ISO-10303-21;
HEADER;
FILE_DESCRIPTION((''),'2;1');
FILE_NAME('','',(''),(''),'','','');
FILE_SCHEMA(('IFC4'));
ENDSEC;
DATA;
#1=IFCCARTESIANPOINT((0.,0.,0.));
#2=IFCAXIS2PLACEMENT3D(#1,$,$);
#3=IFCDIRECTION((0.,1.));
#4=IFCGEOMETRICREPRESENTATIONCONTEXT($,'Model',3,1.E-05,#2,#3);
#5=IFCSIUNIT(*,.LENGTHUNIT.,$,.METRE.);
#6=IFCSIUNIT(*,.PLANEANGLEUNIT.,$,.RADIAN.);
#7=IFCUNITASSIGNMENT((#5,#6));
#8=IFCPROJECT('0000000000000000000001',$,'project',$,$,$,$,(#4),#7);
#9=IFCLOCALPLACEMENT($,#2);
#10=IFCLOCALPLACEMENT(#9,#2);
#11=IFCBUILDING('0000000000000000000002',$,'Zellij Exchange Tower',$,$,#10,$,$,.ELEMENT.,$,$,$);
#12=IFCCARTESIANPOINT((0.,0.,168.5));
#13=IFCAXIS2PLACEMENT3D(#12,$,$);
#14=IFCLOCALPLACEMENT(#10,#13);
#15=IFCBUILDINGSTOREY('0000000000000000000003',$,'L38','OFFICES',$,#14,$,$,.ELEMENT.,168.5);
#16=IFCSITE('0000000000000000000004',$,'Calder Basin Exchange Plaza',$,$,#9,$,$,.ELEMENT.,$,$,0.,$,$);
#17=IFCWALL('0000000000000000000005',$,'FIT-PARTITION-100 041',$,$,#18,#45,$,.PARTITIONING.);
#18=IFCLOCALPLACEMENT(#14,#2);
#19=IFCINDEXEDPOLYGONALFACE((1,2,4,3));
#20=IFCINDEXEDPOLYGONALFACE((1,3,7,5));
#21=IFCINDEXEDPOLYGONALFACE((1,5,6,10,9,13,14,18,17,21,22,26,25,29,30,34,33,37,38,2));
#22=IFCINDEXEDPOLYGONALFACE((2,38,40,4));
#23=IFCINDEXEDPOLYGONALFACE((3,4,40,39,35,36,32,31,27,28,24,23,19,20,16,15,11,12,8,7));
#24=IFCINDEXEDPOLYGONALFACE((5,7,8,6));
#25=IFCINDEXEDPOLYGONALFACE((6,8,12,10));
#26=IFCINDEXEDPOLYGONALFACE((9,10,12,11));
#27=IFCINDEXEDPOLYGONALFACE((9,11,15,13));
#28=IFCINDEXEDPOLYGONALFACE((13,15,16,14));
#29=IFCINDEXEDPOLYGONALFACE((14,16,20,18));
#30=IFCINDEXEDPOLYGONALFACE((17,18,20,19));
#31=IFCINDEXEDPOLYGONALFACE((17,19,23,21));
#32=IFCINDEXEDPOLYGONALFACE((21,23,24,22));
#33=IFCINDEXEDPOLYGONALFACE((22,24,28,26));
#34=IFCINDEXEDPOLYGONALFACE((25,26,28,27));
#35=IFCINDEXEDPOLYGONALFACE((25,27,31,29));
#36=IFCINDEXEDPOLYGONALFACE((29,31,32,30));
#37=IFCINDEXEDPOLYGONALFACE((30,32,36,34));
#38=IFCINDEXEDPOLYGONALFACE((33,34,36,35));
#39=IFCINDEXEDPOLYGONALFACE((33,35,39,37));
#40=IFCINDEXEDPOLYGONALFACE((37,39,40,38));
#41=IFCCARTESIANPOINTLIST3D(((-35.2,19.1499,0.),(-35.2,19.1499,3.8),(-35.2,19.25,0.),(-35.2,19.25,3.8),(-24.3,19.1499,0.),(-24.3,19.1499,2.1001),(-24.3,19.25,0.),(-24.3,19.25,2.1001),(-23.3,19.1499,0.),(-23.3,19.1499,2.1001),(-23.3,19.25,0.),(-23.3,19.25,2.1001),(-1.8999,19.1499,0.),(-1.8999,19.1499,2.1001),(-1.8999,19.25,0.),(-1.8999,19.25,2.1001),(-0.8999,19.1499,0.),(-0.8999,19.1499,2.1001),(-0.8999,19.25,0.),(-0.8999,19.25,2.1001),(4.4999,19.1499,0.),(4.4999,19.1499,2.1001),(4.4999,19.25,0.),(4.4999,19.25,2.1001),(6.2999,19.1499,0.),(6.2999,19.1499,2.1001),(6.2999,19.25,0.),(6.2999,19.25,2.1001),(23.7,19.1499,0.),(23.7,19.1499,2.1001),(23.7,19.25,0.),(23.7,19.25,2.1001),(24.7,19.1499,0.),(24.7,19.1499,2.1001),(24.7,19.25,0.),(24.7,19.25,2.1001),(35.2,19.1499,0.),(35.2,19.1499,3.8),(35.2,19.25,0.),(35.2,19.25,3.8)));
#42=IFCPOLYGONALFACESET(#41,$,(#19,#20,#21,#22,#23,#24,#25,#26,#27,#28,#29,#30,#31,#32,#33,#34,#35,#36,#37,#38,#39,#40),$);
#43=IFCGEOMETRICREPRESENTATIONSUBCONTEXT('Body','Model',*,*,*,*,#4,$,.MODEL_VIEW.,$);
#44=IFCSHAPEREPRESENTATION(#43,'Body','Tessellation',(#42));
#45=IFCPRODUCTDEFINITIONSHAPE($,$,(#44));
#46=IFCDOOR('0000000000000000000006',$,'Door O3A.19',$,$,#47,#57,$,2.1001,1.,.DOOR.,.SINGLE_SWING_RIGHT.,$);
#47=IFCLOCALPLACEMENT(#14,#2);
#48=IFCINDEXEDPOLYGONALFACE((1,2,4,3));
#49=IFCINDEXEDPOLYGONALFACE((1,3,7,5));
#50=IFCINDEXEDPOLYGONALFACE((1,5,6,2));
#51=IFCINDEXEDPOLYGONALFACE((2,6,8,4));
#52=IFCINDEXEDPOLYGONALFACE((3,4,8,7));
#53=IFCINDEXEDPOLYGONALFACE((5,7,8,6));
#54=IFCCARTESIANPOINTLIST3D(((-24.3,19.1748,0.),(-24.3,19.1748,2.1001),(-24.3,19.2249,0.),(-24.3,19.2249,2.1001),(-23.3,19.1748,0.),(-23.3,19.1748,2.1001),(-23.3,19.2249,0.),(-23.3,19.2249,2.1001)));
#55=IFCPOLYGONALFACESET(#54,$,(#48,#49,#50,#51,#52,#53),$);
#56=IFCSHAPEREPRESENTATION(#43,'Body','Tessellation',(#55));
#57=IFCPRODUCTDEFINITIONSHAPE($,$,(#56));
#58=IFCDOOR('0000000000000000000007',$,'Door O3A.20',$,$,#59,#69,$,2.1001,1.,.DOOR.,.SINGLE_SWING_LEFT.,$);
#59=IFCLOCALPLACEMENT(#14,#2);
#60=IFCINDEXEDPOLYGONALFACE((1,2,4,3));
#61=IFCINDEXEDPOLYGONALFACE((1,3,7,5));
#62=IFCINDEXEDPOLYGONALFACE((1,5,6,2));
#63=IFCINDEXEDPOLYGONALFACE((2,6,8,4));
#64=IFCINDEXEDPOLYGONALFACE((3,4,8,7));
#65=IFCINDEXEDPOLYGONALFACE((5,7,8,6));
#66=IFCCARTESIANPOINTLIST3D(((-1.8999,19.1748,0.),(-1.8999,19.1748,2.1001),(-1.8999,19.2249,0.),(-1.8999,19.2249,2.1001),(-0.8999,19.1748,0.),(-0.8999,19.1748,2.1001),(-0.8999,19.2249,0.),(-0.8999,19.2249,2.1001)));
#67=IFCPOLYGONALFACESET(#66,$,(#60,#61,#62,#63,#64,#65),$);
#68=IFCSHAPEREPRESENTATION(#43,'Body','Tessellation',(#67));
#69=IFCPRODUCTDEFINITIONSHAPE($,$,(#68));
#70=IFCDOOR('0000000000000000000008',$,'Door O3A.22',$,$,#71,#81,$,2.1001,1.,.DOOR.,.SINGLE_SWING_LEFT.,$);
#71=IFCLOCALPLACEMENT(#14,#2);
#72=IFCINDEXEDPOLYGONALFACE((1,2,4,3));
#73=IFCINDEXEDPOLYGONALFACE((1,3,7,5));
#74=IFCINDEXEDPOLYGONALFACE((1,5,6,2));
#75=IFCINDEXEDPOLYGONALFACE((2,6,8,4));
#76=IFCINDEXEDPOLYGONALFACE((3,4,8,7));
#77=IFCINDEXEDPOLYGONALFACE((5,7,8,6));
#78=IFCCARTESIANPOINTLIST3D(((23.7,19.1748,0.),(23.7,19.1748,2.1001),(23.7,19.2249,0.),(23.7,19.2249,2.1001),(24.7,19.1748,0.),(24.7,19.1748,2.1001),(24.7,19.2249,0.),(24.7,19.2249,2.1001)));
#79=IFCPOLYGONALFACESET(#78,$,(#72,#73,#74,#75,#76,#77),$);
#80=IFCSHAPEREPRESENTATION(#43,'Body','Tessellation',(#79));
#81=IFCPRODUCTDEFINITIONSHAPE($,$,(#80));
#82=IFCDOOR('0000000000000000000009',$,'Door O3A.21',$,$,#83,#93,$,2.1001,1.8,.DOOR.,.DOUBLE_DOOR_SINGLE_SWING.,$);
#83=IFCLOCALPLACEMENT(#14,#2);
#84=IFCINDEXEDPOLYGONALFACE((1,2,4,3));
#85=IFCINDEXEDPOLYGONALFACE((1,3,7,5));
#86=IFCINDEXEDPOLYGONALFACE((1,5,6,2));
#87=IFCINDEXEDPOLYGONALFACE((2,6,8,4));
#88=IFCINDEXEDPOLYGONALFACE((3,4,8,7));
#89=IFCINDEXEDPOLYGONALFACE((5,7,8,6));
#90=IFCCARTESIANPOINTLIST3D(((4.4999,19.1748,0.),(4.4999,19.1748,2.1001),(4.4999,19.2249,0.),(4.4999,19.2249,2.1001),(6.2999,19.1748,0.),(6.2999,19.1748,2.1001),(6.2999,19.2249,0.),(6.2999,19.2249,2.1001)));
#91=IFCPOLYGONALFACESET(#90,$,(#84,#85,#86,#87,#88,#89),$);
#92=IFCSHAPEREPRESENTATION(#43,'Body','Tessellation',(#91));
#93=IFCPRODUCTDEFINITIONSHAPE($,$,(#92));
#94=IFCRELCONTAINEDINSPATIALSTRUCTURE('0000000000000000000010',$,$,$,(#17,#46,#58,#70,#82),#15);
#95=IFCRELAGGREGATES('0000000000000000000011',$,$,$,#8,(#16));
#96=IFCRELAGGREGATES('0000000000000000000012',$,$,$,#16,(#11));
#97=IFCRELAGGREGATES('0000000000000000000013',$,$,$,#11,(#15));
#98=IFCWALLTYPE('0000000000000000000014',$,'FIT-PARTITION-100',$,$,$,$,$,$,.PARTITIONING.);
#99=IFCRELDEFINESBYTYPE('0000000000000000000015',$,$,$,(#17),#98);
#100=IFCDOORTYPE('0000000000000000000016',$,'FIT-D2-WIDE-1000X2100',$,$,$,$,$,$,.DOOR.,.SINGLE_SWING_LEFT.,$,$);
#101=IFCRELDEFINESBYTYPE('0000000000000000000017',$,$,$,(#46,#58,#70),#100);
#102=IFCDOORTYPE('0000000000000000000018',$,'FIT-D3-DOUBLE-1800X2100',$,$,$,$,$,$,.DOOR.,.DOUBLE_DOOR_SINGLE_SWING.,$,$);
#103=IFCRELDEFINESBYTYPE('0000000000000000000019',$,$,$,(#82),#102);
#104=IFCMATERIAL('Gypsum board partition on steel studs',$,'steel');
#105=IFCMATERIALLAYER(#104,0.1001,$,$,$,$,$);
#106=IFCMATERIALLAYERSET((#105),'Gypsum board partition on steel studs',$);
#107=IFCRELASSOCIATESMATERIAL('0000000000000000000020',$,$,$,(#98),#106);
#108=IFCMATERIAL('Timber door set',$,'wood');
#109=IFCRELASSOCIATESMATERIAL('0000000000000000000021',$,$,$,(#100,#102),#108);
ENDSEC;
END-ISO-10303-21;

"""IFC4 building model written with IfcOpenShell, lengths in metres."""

from ifc_helpers import new_model, si_unit, direction, frame, frame_2d, origin, place, context, subcontext, project, spatial, rectangle, extrude, material, layer, layer_set, type_object, element, fill, save


model = new_model("IFC4")

# Units and contexts
model_context = context("Model", 3, precision=1e-05, world=origin(), true_north=direction((0.0, 1.0)))
body_context = subcontext(model_context, "Body", "Model", "MODEL_VIEW")
ifc_project = project(units=[si_unit("LENGTHUNIT", "METRE"), si_unit("PLANEANGLEUNIT", "RADIAN")], contexts=[model_context])

# Site, building, storey
site_placement = place(None, origin())
site = spatial("IfcSite", under=ifc_project, at=site_placement, Name="Calder Basin Exchange Plaza", CompositionType="ELEMENT", RefElevation=0.0)
building_placement = place(site_placement, origin())
building = spatial("IfcBuilding", under=site, at=building_placement, Name="Zellij Exchange Tower", CompositionType="ELEMENT")
storey_placement = place(building_placement, frame((0.0, 0.0, 168.5)))
storey = spatial("IfcBuildingStorey", under=building, at=storey_placement, Name="L38", Description="OFFICES", CompositionType="ELEMENT", Elevation=168.5)

# Shared definitions
ifc_material_1 = material(Name="Gypsum board partition on steel studs", Category="steel")
ifc_layer_1 = layer(ifc_material_1, 0.1001)
ifc_layer_set_1 = layer_set([ifc_layer_1], Name="Gypsum board partition on steel studs")
wall_type_1 = type_object("IfcWallType", Name="FIT-PARTITION-100", PredefinedType="PARTITIONING", material=ifc_layer_set_1)

# Wall, openings, doors
wall_1_placement = place(storey_placement, frame((-35.2, 19.2, 0.0), z_axis=(0.0, 0.0, 1.0), x_axis=(1.0, 0.0, 0.0)))
wall_1 = element("IfcWall", 1, at=wall_1_placement, inside=storey, type_object=wall_type_1, Name="FIT-PARTITION-100 041", PredefinedType="PARTITIONING", context=body_context, shape_type="SweptSolid", body=[
    extrude(rectangle(XDim=70.3999, YDim=0.1001, at=frame_2d((35.2, 0.0))), origin(), (0.0, 0.0, 1.0), 3.8),
])
opening_1_placement = place(wall_1_placement, frame((10.8999, 0.0, 0.0)))
opening_1 = element("IfcOpeningElement", 2, at=opening_1_placement, cuts=wall_1, PredefinedType="OPENING", context=body_context, shape_type="SweptSolid", body=[
    extrude(rectangle(XDim=1.0, YDim=2.1001, at=frame_2d((0.5, 1.05))), frame((0.0, 0.062, 0.0), z_axis=(0.0, -1.0, 0.0), x_axis=(1.0, 0.0, 0.0)), (0.0, 0.0, 1.0), 0.124),
])
opening_2_placement = place(wall_1_placement, frame((33.3, 0.0, 0.0)))
opening_2 = element("IfcOpeningElement", 3, at=opening_2_placement, cuts=wall_1, PredefinedType="OPENING", context=body_context, shape_type="SweptSolid", body=[
    extrude(rectangle(XDim=1.0, YDim=2.1001, at=frame_2d((0.5, 1.05))), frame((0.0, 0.062, 0.0), z_axis=(0.0, -1.0, 0.0), x_axis=(1.0, 0.0, 0.0)), (0.0, 0.0, 1.0), 0.124),
])
opening_3_placement = place(wall_1_placement, frame((39.7, 0.0, 0.0)))
opening_3 = element("IfcOpeningElement", 4, at=opening_3_placement, cuts=wall_1, PredefinedType="OPENING", context=body_context, shape_type="SweptSolid", body=[
    extrude(rectangle(XDim=1.8, YDim=2.1001, at=frame_2d((0.8999, 1.05))), frame((0.0, 0.062, 0.0), z_axis=(0.0, -1.0, 0.0), x_axis=(1.0, 0.0, 0.0)), (0.0, 0.0, 1.0), 0.124),
])
opening_4_placement = place(wall_1_placement, frame((58.8999, 0.0, 0.0)))
opening_4 = element("IfcOpeningElement", 5, at=opening_4_placement, cuts=wall_1, PredefinedType="OPENING", context=body_context, shape_type="SweptSolid", body=[
    extrude(rectangle(XDim=1.0, YDim=2.1001, at=frame_2d((0.5, 1.05))), frame((0.0, 0.062, 0.0), z_axis=(0.0, -1.0, 0.0), x_axis=(1.0, 0.0, 0.0)), (0.0, 0.0, 1.0), 0.124),
])
ifc_material_2 = material(Name="Timber door set", Category="wood")
door_type_1 = type_object("IfcDoorType", Name="FIT-D2-WIDE-1000X2100", OperationType="SINGLE_SWING_LEFT", PredefinedType="DOOR", material=ifc_material_2)
door_1_placement = place(opening_1_placement, origin())
door_1 = element("IfcDoor", 6, at=door_1_placement, inside=storey, type_object=door_type_1, Name="Door O3A.19", OperationType="SINGLE_SWING_RIGHT", OverallHeight=2.1001, OverallWidth=1.0, PredefinedType="DOOR", context=body_context, shape_type="SweptSolid", body=[
    extrude(rectangle(XDim=1.0, YDim=2.1001, at=frame_2d((0.5, 1.05))), frame((0.0, 0.0249, 0.0), z_axis=(0.0, -1.0, 0.0), x_axis=(1.0, 0.0, 0.0)), (0.0, 0.0, 1.0), 0.05),
])
fill(opening_1, door_1)
door_2_placement = place(opening_2_placement, origin())
door_2 = element("IfcDoor", 7, at=door_2_placement, inside=storey, type_object=door_type_1, Name="Door O3A.20", OperationType="SINGLE_SWING_LEFT", OverallHeight=2.1001, OverallWidth=1.0, PredefinedType="DOOR", context=body_context, shape_type="SweptSolid", body=[
    extrude(rectangle(XDim=1.0, YDim=2.1001, at=frame_2d((0.5, 1.05))), frame((0.0, 0.0249, 0.0), z_axis=(0.0, -1.0, 0.0), x_axis=(1.0, 0.0, 0.0)), (0.0, 0.0, 1.0), 0.05),
])
fill(opening_2, door_2)
door_3_placement = place(opening_4_placement, origin())
door_3 = element("IfcDoor", 8, at=door_3_placement, inside=storey, type_object=door_type_1, Name="Door O3A.22", OperationType="SINGLE_SWING_LEFT", OverallHeight=2.1001, OverallWidth=1.0, PredefinedType="DOOR", context=body_context, shape_type="SweptSolid", body=[
    extrude(rectangle(XDim=1.0, YDim=2.1001, at=frame_2d((0.5, 1.05))), frame((0.0, 0.0249, 0.0), z_axis=(0.0, -1.0, 0.0), x_axis=(1.0, 0.0, 0.0)), (0.0, 0.0, 1.0), 0.05),
])
fill(opening_4, door_3)
door_type_2 = type_object("IfcDoorType", Name="FIT-D3-DOUBLE-1800X2100", OperationType="DOUBLE_DOOR_SINGLE_SWING", PredefinedType="DOOR", material=ifc_material_2)
door_4_placement = place(opening_3_placement, origin())
door_4 = element("IfcDoor", 9, at=door_4_placement, inside=storey, type_object=door_type_2, Name="Door O3A.21", OperationType="DOUBLE_DOOR_SINGLE_SWING", OverallHeight=2.1001, OverallWidth=1.8, PredefinedType="DOOR", context=body_context, shape_type="SweptSolid", body=[
    extrude(rectangle(XDim=1.8, YDim=2.1001, at=frame_2d((0.8999, 1.05))), frame((0.0, 0.0249, 0.0), z_axis=(0.0, -1.0, 0.0), x_axis=(1.0, 0.0, 0.0)), (0.0, 0.0, 1.0), 0.05),
])
fill(opening_3, door_4)

save(model, "model.ifc")
